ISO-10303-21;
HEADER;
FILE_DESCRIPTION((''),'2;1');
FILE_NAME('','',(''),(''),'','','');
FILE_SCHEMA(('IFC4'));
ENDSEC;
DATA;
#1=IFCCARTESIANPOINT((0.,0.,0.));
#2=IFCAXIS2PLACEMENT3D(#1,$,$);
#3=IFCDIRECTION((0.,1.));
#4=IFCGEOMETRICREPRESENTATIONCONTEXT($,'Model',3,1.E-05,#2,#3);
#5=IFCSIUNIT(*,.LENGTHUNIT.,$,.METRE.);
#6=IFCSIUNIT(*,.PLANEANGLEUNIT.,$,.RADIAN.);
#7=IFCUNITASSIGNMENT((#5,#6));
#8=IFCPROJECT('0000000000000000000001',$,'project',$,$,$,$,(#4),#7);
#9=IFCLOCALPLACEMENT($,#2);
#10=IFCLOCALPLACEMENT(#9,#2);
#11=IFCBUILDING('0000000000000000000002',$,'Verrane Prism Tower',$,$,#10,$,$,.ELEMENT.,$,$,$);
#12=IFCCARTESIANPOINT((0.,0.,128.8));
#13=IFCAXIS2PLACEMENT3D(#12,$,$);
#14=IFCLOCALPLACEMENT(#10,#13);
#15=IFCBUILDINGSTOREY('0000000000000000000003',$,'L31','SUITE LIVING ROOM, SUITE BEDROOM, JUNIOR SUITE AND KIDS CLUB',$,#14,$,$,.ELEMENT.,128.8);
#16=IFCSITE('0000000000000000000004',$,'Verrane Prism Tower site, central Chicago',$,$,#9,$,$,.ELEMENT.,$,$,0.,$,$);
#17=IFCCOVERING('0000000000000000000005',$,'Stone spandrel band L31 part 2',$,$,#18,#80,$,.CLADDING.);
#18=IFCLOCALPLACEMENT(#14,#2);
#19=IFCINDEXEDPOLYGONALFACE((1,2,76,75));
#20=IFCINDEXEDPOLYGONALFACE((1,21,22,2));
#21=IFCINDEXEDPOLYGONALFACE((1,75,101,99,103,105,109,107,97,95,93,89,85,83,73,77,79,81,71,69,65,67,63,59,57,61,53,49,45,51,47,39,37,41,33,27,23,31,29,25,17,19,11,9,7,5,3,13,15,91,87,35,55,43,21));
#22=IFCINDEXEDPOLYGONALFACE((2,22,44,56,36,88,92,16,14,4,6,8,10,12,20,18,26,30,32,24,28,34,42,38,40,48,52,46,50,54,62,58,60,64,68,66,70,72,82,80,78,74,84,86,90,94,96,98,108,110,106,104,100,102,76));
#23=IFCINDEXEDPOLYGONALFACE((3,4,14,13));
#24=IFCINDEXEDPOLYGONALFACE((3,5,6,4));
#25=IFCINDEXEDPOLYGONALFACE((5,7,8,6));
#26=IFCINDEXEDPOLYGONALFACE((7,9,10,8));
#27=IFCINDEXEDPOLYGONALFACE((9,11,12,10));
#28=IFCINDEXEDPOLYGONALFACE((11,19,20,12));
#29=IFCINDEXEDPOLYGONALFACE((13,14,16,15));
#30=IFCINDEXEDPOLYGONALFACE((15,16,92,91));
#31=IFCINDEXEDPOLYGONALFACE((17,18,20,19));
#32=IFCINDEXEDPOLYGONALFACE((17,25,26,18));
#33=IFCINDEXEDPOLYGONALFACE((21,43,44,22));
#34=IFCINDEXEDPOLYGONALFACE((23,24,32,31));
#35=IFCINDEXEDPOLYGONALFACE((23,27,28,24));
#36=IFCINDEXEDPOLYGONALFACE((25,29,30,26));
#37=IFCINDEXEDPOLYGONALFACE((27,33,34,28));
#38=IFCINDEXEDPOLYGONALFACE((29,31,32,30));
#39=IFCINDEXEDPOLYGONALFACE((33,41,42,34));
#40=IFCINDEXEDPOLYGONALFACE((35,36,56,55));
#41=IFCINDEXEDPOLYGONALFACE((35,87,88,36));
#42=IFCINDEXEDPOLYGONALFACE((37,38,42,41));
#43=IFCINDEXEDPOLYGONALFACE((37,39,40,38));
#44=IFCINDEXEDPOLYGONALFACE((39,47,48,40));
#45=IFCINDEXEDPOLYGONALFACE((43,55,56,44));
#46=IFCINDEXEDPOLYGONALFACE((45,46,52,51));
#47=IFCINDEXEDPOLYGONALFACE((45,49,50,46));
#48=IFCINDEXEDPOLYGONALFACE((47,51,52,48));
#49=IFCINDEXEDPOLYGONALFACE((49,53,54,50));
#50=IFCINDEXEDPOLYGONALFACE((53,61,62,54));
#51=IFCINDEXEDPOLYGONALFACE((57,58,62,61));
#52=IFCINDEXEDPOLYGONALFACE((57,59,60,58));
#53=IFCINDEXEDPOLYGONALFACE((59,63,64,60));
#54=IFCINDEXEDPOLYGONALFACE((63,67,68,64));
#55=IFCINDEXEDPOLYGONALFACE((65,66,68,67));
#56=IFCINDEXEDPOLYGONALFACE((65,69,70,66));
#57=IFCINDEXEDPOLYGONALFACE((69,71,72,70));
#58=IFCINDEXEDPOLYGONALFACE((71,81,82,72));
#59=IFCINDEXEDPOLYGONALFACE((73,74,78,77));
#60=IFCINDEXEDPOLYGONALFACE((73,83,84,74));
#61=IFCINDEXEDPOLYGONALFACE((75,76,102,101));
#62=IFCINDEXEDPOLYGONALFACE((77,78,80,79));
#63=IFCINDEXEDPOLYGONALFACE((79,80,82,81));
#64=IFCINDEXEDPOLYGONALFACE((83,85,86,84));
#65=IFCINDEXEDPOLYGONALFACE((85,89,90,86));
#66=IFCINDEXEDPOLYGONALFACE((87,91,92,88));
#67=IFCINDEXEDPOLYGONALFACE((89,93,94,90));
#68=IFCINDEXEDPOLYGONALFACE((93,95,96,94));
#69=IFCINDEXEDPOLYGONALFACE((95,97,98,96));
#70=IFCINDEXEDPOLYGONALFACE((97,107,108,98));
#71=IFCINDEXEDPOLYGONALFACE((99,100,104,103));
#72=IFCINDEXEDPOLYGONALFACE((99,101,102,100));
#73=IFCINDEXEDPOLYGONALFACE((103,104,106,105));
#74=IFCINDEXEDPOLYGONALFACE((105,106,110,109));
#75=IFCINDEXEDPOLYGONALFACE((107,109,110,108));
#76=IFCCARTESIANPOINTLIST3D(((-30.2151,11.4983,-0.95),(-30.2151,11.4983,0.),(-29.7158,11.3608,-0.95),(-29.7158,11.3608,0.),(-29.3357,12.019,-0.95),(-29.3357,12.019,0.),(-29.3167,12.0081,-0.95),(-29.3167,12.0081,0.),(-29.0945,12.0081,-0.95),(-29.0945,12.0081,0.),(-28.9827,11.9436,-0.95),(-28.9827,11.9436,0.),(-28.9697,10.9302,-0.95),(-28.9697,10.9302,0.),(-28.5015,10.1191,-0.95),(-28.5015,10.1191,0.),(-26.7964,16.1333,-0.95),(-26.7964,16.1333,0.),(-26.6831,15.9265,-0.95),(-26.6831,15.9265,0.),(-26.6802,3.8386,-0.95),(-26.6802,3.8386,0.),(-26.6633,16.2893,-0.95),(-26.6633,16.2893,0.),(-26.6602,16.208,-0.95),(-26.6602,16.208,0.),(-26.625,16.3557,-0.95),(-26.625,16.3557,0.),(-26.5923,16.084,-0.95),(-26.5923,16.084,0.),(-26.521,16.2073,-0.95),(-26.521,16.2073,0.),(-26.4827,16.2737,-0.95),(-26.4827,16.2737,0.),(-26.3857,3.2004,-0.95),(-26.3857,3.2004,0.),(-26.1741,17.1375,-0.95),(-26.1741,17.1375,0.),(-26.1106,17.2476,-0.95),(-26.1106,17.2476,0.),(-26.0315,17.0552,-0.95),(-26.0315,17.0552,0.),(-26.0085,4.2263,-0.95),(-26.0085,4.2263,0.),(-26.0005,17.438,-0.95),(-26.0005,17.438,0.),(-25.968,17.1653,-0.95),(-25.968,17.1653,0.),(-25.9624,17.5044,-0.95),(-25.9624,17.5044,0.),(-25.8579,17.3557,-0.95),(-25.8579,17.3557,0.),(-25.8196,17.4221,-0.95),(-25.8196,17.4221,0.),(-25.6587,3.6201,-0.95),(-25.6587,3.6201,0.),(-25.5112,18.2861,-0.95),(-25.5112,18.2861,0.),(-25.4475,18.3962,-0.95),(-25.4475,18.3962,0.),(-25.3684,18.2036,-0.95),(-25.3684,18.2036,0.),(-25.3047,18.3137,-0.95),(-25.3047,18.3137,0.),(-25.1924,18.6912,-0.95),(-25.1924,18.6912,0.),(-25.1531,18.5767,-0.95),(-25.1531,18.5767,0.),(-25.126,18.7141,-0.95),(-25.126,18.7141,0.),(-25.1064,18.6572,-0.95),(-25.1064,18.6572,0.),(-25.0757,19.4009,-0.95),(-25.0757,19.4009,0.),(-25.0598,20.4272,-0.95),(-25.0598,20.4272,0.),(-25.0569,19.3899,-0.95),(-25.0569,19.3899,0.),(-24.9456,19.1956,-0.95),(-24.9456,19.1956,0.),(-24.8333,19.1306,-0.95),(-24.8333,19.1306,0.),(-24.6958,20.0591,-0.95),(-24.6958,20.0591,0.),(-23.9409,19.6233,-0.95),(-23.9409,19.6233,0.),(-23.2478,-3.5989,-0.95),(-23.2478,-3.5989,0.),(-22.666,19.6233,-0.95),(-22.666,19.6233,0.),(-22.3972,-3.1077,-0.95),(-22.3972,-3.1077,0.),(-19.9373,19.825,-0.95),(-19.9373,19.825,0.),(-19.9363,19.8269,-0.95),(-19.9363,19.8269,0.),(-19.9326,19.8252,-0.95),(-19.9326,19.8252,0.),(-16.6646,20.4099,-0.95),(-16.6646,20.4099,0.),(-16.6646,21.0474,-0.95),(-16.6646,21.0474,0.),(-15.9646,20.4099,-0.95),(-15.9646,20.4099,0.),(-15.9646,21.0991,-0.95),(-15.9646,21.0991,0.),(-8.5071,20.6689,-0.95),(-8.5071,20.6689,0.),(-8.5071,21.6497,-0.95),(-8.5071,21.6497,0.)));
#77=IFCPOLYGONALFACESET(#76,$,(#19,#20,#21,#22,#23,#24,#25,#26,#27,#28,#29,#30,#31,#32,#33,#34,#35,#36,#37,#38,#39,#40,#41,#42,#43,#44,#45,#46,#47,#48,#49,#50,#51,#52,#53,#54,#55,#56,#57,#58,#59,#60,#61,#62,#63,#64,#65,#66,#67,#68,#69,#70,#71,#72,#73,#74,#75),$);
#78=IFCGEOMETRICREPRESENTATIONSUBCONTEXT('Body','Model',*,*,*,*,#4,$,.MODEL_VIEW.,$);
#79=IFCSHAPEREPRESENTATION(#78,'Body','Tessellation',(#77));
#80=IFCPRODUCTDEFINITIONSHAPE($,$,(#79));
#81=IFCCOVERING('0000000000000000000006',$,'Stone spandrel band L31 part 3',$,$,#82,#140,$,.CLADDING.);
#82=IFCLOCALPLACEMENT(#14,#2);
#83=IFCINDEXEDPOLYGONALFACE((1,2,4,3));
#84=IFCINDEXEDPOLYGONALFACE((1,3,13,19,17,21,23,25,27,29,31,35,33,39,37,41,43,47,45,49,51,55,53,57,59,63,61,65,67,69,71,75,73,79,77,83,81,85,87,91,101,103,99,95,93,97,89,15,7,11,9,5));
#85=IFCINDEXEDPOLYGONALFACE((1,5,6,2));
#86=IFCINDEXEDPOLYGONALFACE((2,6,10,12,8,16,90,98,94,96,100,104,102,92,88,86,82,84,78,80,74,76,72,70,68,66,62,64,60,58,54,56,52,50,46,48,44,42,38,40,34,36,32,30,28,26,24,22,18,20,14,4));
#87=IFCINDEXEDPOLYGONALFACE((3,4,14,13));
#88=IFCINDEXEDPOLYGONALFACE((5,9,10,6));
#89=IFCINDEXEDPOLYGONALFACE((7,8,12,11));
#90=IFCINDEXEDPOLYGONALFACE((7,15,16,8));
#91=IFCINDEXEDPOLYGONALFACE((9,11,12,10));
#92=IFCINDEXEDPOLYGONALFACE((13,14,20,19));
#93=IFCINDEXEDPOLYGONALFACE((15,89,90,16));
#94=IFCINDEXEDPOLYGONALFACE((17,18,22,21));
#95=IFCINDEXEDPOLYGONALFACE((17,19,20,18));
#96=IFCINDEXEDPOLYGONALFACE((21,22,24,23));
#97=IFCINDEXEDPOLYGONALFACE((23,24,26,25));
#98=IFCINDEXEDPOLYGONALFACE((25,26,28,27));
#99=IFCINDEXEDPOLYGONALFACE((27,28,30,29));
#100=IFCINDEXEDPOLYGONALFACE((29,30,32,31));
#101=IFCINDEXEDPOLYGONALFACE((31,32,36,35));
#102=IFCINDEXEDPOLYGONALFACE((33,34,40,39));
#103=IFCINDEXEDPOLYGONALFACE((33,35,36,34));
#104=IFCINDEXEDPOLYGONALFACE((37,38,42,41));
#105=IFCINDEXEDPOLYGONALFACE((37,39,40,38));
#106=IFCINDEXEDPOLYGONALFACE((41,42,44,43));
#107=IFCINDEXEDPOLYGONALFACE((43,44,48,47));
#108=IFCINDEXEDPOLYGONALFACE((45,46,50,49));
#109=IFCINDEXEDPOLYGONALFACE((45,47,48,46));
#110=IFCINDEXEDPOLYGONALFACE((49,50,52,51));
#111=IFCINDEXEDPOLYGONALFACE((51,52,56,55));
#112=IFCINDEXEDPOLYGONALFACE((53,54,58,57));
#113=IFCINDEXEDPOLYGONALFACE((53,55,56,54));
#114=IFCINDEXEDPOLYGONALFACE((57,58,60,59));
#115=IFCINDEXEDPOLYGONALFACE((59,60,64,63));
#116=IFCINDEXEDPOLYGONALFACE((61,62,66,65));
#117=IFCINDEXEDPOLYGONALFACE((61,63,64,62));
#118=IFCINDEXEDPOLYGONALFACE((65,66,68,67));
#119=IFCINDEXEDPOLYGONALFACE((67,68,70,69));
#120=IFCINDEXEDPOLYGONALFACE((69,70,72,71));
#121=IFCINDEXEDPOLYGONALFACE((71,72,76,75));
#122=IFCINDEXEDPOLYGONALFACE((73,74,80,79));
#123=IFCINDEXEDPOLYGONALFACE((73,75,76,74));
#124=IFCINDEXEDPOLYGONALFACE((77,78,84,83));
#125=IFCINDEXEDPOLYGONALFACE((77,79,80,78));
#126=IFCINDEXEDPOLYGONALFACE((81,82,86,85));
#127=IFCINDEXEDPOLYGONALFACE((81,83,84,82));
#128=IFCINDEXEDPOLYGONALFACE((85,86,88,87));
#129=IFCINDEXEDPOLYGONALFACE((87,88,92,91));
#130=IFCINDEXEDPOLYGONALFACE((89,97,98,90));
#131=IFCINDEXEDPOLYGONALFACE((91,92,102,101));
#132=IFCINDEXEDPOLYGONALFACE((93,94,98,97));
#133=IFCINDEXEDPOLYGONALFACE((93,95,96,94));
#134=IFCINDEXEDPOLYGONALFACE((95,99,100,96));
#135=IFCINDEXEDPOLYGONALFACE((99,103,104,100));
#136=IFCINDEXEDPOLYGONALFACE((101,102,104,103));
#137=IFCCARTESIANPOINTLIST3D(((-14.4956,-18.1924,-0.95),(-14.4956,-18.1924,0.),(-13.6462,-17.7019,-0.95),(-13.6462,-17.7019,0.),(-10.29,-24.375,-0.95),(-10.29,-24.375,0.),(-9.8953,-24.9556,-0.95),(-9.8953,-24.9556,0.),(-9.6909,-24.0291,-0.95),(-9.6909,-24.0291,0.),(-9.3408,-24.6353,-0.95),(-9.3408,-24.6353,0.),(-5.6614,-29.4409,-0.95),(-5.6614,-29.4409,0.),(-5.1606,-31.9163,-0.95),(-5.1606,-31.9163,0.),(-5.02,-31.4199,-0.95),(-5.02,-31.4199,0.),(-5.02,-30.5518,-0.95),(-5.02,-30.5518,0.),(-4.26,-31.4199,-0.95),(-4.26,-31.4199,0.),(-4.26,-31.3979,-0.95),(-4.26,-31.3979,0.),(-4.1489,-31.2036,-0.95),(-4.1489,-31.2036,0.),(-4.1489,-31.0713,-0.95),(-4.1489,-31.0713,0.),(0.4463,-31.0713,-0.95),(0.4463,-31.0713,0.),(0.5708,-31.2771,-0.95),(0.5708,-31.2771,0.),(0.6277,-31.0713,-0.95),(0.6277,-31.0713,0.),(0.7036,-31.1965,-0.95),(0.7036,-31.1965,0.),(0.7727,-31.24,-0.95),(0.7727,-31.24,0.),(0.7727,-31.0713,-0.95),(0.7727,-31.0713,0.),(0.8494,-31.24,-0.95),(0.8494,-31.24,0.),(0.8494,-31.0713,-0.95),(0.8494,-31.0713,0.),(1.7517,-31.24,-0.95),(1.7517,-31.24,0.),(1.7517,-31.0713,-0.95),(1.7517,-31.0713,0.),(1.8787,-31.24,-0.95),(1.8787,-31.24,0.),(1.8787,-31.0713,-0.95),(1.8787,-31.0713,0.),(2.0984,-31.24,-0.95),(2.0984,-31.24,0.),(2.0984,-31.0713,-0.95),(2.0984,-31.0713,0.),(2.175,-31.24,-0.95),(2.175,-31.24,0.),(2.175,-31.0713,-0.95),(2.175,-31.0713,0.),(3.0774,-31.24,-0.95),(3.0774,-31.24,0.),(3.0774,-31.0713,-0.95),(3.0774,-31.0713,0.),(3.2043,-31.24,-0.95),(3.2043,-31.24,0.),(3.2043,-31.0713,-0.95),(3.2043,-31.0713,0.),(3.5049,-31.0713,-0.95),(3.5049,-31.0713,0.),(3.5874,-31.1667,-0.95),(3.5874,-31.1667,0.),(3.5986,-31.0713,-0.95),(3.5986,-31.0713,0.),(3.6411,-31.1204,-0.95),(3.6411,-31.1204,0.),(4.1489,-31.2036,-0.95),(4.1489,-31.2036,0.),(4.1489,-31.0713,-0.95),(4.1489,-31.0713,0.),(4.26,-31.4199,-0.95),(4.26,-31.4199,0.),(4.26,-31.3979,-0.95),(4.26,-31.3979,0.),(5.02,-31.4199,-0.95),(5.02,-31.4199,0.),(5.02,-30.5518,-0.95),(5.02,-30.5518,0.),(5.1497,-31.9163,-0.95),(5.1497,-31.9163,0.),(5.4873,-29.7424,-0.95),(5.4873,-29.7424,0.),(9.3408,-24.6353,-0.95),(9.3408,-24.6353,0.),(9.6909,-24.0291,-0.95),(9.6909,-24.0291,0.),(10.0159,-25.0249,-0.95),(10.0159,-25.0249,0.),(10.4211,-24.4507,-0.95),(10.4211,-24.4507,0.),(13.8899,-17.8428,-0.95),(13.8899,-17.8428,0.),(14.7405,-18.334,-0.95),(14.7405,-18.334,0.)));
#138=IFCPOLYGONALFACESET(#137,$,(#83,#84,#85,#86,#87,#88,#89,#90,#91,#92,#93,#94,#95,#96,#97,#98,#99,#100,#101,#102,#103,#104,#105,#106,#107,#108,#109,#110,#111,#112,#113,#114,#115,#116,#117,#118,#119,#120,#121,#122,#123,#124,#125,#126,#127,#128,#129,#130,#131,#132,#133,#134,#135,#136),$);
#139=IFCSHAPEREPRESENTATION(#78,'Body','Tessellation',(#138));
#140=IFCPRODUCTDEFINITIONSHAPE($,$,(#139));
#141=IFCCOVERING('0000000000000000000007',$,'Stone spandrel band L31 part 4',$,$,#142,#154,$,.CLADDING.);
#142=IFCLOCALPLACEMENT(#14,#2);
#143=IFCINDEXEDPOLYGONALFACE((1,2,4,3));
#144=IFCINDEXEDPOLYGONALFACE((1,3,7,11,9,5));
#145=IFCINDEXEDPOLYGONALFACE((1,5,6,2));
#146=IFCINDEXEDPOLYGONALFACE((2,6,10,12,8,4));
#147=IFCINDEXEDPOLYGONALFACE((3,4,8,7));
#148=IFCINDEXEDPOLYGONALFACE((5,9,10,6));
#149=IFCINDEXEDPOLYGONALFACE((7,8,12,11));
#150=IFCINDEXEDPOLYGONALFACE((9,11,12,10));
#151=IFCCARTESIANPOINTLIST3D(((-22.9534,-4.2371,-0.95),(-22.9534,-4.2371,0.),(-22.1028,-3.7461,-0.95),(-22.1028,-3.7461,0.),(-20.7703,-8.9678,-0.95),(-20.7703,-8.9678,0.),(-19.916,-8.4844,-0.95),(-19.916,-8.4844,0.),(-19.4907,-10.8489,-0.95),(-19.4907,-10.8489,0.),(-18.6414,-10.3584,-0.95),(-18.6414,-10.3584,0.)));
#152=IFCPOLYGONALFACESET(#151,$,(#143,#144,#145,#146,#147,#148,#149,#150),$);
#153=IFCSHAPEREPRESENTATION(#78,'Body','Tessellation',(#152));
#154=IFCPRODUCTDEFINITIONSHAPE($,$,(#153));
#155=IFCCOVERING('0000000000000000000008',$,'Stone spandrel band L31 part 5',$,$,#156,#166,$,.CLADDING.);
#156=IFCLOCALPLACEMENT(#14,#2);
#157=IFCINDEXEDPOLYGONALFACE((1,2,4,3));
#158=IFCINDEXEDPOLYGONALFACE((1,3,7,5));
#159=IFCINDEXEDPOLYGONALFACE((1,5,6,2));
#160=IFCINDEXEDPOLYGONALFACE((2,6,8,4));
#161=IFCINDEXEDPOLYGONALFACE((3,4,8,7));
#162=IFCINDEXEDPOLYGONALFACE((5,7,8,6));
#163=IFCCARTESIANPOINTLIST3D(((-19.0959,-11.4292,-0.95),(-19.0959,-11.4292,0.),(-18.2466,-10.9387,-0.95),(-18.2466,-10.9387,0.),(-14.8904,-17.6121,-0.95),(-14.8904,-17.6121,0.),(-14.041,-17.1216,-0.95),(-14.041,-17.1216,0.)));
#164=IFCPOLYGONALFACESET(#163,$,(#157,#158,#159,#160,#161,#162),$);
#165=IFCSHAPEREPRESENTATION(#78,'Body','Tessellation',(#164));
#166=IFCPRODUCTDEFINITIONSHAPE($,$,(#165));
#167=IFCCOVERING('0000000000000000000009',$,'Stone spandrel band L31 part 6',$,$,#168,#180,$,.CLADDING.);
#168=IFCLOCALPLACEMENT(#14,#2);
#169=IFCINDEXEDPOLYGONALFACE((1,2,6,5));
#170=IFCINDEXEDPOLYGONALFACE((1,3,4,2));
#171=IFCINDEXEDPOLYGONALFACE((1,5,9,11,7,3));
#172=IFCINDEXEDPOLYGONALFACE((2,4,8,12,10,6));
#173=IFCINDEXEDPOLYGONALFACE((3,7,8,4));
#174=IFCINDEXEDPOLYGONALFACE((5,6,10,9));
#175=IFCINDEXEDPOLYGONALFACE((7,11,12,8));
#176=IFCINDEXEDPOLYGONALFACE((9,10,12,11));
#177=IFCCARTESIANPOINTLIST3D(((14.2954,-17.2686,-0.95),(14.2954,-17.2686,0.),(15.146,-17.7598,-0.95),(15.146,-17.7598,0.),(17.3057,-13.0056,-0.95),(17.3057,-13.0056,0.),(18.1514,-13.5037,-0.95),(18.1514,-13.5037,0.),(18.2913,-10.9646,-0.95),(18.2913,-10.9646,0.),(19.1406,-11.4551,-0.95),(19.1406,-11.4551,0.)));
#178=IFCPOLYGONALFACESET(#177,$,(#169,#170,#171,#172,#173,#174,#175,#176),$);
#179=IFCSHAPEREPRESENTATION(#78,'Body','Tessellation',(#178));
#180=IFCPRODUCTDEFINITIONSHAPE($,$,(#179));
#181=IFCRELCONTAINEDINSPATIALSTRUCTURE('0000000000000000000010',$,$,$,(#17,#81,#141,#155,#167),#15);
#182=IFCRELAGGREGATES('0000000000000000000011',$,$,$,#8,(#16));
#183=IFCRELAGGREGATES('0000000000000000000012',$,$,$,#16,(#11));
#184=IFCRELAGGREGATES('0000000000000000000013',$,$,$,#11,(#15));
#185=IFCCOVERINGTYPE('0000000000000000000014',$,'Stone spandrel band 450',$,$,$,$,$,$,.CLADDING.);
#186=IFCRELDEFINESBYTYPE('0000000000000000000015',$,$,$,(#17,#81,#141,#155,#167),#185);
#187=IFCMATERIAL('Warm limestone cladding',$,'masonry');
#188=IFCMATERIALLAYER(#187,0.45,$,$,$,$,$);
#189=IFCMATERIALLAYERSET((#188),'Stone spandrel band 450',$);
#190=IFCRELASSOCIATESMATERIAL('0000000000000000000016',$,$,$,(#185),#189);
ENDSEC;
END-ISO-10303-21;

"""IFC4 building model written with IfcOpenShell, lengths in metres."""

from ifc_helpers import new_model, si_unit, direction, frame, origin, place, context, subcontext, project, spatial, polyline, outline, extrude, material, layer, layer_set, type_object, element, save


model = new_model("IFC4")

# Units and contexts
model_context = context("Model", 3, precision=1e-05, world=origin(), true_north=direction((0.0, 1.0)))
body_context = subcontext(model_context, "Body", "Model", "MODEL_VIEW")
ifc_project = project(units=[si_unit("LENGTHUNIT", "METRE"), si_unit("PLANEANGLEUNIT", "RADIAN")], contexts=[model_context])

# Site, building, storey
site_placement = place(None, origin())
site = spatial("IfcSite", under=ifc_project, at=site_placement, Name="Verrane Prism Tower site, central Chicago", CompositionType="ELEMENT", RefElevation=0.0)
building_placement = place(site_placement, origin())
building = spatial("IfcBuilding", under=site, at=building_placement, Name="Verrane Prism Tower", CompositionType="ELEMENT")
storey_placement = place(building_placement, frame((0.0, 0.0, 128.8)))
storey = spatial("IfcBuildingStorey", under=building, at=storey_placement, Name="L31", Description="SUITE LIVING ROOM, SUITE BEDROOM, JUNIOR SUITE AND KIDS CLUB", CompositionType="ELEMENT", Elevation=128.8)

# Coverings
ifc_material_1 = material(Name="Warm limestone cladding", Category="masonry")
ifc_layer_1 = layer(ifc_material_1, 0.45)
ifc_layer_set_1 = layer_set([ifc_layer_1], Name="Stone spandrel band 450")
covering_type = type_object("IfcCoveringType", Name="Stone spandrel band 450", PredefinedType="CLADDING", material=ifc_layer_set_1)
covering_1_placement = place(storey_placement, frame((0.0, 0.0, -0.95)))
element("IfcCovering", 1, at=covering_1_placement, inside=storey, type_object=covering_type, Name="Stone spandrel band L31 part 2", PredefinedType="CLADDING", context=body_context, shape_type="SweptSolid", body=[
    extrude(outline(polyline([(-22.3972, -3.1077), (-28.5015, 10.1191), (-28.9697, 10.9302), (-29.7158, 11.3608), (-29.3357, 12.019), (-29.3167, 12.0081), (-29.0945, 12.0081), (-28.9827, 11.9436), (-26.6831, 15.9265), (-26.7964, 16.1333), (-26.6602, 16.208), (-26.5923, 16.084), (-26.521, 16.2073), (-26.6633, 16.2893), (-26.625, 16.3557), (-26.4827, 16.2737), (-26.0315, 17.0552), (-26.1741, 17.1375), (-26.1106, 17.2476), (-25.968, 17.1653), (-25.8579, 17.3557), (-26.0005, 17.438), (-25.9624, 17.5044), (-25.8196, 17.4221), (-25.3684, 18.2036), (-25.5112, 18.2861), (-25.4475, 18.3962), (-25.3047, 18.3137), (-25.1531, 18.5767), (-25.1924, 18.6912), (-25.126, 18.7141), (-25.1064, 18.6572), (-24.8333, 19.1306), (-24.9456, 19.1956), (-25.0569, 19.3899), (-25.0757, 19.4009), (-24.6958, 20.0591), (-23.9409, 19.6233), (-22.666, 19.6233), (-19.9373, 19.825), (-19.9363, 19.8269), (-19.9326, 19.8252), (-8.5071, 20.6689), (-8.5071, 21.6497), (-15.9646, 21.0991), (-15.9646, 20.4099), (-16.6646, 20.4099), (-16.6646, 21.0474), (-25.0598, 20.4272), (-30.2151, 11.4983), (-26.6802, 3.8386), (-26.0085, 4.2263), (-25.6587, 3.6201), (-26.3857, 3.2004), (-23.2478, -3.5989), (-22.3972, -3.1077)])), origin(), (0.0, 0.0, 1.0), 0.95),
])
covering_2_placement = place(storey_placement, frame((0.0, 0.0, -0.95)))
element("IfcCovering", 2, at=covering_2_placement, inside=storey, type_object=covering_type, Name="Stone spandrel band L31 part 3", PredefinedType="CLADDING", context=body_context, shape_type="SweptSolid", body=[
    extrude(outline(polyline([(5.1497, -31.9163), (10.0159, -25.0249), (9.3408, -24.6353), (9.6909, -24.0291), (10.4211, -24.4507), (14.7405, -18.334), (13.8899, -17.8428), (5.4873, -29.7424), (5.02, -30.5518), (5.02, -31.4199), (4.26, -31.4199), (4.26, -31.3979), (4.1489, -31.2036), (4.1489, -31.0713), (3.5986, -31.0713), (3.6411, -31.1204), (3.5874, -31.1667), (3.5049, -31.0713), (3.2043, -31.0713), (3.2043, -31.24), (3.0774, -31.24), (3.0774, -31.0713), (2.175, -31.0713), (2.175, -31.24), (2.0984, -31.24), (2.0984, -31.0713), (1.8787, -31.0713), (1.8787, -31.24), (1.7517, -31.24), (1.7517, -31.0713), (0.8494, -31.0713), (0.8494, -31.24), (0.7727, -31.24), (0.7727, -31.0713), (0.6277, -31.0713), (0.7036, -31.1965), (0.5708, -31.2771), (0.4463, -31.0713), (-4.1489, -31.0713), (-4.1489, -31.2036), (-4.26, -31.3979), (-4.26, -31.4199), (-5.02, -31.4199), (-5.02, -30.5518), (-5.6614, -29.4409), (-13.6462, -17.7019), (-14.4956, -18.1924), (-10.29, -24.375), (-9.6909, -24.0291), (-9.3408, -24.6353), (-9.8953, -24.9556), (-5.1606, -31.9163), (5.1497, -31.9163)])), origin(), (0.0, 0.0, 1.0), 0.95),
])
covering_3_placement = place(storey_placement, frame((0.0, 0.0, -0.95)))
element("IfcCovering", 3, at=covering_3_placement, inside=storey, type_object=covering_type, Name="Stone spandrel band L31 part 4", PredefinedType="CLADDING", context=body_context, shape_type="SweptSolid", body=[
    extrude(outline(polyline([(-18.6414, -10.3584), (-19.916, -8.4844), (-22.1028, -3.7461), (-22.9534, -4.2371), (-20.7703, -8.9678), (-19.4907, -10.8489), (-18.6414, -10.3584)])), origin(), (0.0, 0.0, 1.0), 0.95),
])
covering_4_placement = place(storey_placement, frame((0.0, 0.0, -0.95)))
element("IfcCovering", 4, at=covering_4_placement, inside=storey, type_object=covering_type, Name="Stone spandrel band L31 part 5", PredefinedType="CLADDING", context=body_context, shape_type="SweptSolid", body=[
    extrude(outline(polyline([(-14.8904, -17.6121), (-14.041, -17.1216), (-18.2466, -10.9387), (-19.0959, -11.4292), (-14.8904, -17.6121)])), origin(), (0.0, 0.0, 1.0), 0.95),
])
covering_5_placement = place(storey_placement, frame((0.0, 0.0, -0.95)))
element("IfcCovering", 5, at=covering_5_placement, inside=storey, type_object=covering_type, Name="Stone spandrel band L31 part 6", PredefinedType="CLADDING", context=body_context, shape_type="SweptSolid", body=[
    extrude(outline(polyline([(19.1406, -11.4551), (18.2913, -10.9646), (17.3057, -13.0056), (14.2954, -17.2686), (15.146, -17.7598), (18.1514, -13.5037), (19.1406, -11.4551)])), origin(), (0.0, 0.0, 1.0), 0.95),
])

save(model, "model.ifc")
